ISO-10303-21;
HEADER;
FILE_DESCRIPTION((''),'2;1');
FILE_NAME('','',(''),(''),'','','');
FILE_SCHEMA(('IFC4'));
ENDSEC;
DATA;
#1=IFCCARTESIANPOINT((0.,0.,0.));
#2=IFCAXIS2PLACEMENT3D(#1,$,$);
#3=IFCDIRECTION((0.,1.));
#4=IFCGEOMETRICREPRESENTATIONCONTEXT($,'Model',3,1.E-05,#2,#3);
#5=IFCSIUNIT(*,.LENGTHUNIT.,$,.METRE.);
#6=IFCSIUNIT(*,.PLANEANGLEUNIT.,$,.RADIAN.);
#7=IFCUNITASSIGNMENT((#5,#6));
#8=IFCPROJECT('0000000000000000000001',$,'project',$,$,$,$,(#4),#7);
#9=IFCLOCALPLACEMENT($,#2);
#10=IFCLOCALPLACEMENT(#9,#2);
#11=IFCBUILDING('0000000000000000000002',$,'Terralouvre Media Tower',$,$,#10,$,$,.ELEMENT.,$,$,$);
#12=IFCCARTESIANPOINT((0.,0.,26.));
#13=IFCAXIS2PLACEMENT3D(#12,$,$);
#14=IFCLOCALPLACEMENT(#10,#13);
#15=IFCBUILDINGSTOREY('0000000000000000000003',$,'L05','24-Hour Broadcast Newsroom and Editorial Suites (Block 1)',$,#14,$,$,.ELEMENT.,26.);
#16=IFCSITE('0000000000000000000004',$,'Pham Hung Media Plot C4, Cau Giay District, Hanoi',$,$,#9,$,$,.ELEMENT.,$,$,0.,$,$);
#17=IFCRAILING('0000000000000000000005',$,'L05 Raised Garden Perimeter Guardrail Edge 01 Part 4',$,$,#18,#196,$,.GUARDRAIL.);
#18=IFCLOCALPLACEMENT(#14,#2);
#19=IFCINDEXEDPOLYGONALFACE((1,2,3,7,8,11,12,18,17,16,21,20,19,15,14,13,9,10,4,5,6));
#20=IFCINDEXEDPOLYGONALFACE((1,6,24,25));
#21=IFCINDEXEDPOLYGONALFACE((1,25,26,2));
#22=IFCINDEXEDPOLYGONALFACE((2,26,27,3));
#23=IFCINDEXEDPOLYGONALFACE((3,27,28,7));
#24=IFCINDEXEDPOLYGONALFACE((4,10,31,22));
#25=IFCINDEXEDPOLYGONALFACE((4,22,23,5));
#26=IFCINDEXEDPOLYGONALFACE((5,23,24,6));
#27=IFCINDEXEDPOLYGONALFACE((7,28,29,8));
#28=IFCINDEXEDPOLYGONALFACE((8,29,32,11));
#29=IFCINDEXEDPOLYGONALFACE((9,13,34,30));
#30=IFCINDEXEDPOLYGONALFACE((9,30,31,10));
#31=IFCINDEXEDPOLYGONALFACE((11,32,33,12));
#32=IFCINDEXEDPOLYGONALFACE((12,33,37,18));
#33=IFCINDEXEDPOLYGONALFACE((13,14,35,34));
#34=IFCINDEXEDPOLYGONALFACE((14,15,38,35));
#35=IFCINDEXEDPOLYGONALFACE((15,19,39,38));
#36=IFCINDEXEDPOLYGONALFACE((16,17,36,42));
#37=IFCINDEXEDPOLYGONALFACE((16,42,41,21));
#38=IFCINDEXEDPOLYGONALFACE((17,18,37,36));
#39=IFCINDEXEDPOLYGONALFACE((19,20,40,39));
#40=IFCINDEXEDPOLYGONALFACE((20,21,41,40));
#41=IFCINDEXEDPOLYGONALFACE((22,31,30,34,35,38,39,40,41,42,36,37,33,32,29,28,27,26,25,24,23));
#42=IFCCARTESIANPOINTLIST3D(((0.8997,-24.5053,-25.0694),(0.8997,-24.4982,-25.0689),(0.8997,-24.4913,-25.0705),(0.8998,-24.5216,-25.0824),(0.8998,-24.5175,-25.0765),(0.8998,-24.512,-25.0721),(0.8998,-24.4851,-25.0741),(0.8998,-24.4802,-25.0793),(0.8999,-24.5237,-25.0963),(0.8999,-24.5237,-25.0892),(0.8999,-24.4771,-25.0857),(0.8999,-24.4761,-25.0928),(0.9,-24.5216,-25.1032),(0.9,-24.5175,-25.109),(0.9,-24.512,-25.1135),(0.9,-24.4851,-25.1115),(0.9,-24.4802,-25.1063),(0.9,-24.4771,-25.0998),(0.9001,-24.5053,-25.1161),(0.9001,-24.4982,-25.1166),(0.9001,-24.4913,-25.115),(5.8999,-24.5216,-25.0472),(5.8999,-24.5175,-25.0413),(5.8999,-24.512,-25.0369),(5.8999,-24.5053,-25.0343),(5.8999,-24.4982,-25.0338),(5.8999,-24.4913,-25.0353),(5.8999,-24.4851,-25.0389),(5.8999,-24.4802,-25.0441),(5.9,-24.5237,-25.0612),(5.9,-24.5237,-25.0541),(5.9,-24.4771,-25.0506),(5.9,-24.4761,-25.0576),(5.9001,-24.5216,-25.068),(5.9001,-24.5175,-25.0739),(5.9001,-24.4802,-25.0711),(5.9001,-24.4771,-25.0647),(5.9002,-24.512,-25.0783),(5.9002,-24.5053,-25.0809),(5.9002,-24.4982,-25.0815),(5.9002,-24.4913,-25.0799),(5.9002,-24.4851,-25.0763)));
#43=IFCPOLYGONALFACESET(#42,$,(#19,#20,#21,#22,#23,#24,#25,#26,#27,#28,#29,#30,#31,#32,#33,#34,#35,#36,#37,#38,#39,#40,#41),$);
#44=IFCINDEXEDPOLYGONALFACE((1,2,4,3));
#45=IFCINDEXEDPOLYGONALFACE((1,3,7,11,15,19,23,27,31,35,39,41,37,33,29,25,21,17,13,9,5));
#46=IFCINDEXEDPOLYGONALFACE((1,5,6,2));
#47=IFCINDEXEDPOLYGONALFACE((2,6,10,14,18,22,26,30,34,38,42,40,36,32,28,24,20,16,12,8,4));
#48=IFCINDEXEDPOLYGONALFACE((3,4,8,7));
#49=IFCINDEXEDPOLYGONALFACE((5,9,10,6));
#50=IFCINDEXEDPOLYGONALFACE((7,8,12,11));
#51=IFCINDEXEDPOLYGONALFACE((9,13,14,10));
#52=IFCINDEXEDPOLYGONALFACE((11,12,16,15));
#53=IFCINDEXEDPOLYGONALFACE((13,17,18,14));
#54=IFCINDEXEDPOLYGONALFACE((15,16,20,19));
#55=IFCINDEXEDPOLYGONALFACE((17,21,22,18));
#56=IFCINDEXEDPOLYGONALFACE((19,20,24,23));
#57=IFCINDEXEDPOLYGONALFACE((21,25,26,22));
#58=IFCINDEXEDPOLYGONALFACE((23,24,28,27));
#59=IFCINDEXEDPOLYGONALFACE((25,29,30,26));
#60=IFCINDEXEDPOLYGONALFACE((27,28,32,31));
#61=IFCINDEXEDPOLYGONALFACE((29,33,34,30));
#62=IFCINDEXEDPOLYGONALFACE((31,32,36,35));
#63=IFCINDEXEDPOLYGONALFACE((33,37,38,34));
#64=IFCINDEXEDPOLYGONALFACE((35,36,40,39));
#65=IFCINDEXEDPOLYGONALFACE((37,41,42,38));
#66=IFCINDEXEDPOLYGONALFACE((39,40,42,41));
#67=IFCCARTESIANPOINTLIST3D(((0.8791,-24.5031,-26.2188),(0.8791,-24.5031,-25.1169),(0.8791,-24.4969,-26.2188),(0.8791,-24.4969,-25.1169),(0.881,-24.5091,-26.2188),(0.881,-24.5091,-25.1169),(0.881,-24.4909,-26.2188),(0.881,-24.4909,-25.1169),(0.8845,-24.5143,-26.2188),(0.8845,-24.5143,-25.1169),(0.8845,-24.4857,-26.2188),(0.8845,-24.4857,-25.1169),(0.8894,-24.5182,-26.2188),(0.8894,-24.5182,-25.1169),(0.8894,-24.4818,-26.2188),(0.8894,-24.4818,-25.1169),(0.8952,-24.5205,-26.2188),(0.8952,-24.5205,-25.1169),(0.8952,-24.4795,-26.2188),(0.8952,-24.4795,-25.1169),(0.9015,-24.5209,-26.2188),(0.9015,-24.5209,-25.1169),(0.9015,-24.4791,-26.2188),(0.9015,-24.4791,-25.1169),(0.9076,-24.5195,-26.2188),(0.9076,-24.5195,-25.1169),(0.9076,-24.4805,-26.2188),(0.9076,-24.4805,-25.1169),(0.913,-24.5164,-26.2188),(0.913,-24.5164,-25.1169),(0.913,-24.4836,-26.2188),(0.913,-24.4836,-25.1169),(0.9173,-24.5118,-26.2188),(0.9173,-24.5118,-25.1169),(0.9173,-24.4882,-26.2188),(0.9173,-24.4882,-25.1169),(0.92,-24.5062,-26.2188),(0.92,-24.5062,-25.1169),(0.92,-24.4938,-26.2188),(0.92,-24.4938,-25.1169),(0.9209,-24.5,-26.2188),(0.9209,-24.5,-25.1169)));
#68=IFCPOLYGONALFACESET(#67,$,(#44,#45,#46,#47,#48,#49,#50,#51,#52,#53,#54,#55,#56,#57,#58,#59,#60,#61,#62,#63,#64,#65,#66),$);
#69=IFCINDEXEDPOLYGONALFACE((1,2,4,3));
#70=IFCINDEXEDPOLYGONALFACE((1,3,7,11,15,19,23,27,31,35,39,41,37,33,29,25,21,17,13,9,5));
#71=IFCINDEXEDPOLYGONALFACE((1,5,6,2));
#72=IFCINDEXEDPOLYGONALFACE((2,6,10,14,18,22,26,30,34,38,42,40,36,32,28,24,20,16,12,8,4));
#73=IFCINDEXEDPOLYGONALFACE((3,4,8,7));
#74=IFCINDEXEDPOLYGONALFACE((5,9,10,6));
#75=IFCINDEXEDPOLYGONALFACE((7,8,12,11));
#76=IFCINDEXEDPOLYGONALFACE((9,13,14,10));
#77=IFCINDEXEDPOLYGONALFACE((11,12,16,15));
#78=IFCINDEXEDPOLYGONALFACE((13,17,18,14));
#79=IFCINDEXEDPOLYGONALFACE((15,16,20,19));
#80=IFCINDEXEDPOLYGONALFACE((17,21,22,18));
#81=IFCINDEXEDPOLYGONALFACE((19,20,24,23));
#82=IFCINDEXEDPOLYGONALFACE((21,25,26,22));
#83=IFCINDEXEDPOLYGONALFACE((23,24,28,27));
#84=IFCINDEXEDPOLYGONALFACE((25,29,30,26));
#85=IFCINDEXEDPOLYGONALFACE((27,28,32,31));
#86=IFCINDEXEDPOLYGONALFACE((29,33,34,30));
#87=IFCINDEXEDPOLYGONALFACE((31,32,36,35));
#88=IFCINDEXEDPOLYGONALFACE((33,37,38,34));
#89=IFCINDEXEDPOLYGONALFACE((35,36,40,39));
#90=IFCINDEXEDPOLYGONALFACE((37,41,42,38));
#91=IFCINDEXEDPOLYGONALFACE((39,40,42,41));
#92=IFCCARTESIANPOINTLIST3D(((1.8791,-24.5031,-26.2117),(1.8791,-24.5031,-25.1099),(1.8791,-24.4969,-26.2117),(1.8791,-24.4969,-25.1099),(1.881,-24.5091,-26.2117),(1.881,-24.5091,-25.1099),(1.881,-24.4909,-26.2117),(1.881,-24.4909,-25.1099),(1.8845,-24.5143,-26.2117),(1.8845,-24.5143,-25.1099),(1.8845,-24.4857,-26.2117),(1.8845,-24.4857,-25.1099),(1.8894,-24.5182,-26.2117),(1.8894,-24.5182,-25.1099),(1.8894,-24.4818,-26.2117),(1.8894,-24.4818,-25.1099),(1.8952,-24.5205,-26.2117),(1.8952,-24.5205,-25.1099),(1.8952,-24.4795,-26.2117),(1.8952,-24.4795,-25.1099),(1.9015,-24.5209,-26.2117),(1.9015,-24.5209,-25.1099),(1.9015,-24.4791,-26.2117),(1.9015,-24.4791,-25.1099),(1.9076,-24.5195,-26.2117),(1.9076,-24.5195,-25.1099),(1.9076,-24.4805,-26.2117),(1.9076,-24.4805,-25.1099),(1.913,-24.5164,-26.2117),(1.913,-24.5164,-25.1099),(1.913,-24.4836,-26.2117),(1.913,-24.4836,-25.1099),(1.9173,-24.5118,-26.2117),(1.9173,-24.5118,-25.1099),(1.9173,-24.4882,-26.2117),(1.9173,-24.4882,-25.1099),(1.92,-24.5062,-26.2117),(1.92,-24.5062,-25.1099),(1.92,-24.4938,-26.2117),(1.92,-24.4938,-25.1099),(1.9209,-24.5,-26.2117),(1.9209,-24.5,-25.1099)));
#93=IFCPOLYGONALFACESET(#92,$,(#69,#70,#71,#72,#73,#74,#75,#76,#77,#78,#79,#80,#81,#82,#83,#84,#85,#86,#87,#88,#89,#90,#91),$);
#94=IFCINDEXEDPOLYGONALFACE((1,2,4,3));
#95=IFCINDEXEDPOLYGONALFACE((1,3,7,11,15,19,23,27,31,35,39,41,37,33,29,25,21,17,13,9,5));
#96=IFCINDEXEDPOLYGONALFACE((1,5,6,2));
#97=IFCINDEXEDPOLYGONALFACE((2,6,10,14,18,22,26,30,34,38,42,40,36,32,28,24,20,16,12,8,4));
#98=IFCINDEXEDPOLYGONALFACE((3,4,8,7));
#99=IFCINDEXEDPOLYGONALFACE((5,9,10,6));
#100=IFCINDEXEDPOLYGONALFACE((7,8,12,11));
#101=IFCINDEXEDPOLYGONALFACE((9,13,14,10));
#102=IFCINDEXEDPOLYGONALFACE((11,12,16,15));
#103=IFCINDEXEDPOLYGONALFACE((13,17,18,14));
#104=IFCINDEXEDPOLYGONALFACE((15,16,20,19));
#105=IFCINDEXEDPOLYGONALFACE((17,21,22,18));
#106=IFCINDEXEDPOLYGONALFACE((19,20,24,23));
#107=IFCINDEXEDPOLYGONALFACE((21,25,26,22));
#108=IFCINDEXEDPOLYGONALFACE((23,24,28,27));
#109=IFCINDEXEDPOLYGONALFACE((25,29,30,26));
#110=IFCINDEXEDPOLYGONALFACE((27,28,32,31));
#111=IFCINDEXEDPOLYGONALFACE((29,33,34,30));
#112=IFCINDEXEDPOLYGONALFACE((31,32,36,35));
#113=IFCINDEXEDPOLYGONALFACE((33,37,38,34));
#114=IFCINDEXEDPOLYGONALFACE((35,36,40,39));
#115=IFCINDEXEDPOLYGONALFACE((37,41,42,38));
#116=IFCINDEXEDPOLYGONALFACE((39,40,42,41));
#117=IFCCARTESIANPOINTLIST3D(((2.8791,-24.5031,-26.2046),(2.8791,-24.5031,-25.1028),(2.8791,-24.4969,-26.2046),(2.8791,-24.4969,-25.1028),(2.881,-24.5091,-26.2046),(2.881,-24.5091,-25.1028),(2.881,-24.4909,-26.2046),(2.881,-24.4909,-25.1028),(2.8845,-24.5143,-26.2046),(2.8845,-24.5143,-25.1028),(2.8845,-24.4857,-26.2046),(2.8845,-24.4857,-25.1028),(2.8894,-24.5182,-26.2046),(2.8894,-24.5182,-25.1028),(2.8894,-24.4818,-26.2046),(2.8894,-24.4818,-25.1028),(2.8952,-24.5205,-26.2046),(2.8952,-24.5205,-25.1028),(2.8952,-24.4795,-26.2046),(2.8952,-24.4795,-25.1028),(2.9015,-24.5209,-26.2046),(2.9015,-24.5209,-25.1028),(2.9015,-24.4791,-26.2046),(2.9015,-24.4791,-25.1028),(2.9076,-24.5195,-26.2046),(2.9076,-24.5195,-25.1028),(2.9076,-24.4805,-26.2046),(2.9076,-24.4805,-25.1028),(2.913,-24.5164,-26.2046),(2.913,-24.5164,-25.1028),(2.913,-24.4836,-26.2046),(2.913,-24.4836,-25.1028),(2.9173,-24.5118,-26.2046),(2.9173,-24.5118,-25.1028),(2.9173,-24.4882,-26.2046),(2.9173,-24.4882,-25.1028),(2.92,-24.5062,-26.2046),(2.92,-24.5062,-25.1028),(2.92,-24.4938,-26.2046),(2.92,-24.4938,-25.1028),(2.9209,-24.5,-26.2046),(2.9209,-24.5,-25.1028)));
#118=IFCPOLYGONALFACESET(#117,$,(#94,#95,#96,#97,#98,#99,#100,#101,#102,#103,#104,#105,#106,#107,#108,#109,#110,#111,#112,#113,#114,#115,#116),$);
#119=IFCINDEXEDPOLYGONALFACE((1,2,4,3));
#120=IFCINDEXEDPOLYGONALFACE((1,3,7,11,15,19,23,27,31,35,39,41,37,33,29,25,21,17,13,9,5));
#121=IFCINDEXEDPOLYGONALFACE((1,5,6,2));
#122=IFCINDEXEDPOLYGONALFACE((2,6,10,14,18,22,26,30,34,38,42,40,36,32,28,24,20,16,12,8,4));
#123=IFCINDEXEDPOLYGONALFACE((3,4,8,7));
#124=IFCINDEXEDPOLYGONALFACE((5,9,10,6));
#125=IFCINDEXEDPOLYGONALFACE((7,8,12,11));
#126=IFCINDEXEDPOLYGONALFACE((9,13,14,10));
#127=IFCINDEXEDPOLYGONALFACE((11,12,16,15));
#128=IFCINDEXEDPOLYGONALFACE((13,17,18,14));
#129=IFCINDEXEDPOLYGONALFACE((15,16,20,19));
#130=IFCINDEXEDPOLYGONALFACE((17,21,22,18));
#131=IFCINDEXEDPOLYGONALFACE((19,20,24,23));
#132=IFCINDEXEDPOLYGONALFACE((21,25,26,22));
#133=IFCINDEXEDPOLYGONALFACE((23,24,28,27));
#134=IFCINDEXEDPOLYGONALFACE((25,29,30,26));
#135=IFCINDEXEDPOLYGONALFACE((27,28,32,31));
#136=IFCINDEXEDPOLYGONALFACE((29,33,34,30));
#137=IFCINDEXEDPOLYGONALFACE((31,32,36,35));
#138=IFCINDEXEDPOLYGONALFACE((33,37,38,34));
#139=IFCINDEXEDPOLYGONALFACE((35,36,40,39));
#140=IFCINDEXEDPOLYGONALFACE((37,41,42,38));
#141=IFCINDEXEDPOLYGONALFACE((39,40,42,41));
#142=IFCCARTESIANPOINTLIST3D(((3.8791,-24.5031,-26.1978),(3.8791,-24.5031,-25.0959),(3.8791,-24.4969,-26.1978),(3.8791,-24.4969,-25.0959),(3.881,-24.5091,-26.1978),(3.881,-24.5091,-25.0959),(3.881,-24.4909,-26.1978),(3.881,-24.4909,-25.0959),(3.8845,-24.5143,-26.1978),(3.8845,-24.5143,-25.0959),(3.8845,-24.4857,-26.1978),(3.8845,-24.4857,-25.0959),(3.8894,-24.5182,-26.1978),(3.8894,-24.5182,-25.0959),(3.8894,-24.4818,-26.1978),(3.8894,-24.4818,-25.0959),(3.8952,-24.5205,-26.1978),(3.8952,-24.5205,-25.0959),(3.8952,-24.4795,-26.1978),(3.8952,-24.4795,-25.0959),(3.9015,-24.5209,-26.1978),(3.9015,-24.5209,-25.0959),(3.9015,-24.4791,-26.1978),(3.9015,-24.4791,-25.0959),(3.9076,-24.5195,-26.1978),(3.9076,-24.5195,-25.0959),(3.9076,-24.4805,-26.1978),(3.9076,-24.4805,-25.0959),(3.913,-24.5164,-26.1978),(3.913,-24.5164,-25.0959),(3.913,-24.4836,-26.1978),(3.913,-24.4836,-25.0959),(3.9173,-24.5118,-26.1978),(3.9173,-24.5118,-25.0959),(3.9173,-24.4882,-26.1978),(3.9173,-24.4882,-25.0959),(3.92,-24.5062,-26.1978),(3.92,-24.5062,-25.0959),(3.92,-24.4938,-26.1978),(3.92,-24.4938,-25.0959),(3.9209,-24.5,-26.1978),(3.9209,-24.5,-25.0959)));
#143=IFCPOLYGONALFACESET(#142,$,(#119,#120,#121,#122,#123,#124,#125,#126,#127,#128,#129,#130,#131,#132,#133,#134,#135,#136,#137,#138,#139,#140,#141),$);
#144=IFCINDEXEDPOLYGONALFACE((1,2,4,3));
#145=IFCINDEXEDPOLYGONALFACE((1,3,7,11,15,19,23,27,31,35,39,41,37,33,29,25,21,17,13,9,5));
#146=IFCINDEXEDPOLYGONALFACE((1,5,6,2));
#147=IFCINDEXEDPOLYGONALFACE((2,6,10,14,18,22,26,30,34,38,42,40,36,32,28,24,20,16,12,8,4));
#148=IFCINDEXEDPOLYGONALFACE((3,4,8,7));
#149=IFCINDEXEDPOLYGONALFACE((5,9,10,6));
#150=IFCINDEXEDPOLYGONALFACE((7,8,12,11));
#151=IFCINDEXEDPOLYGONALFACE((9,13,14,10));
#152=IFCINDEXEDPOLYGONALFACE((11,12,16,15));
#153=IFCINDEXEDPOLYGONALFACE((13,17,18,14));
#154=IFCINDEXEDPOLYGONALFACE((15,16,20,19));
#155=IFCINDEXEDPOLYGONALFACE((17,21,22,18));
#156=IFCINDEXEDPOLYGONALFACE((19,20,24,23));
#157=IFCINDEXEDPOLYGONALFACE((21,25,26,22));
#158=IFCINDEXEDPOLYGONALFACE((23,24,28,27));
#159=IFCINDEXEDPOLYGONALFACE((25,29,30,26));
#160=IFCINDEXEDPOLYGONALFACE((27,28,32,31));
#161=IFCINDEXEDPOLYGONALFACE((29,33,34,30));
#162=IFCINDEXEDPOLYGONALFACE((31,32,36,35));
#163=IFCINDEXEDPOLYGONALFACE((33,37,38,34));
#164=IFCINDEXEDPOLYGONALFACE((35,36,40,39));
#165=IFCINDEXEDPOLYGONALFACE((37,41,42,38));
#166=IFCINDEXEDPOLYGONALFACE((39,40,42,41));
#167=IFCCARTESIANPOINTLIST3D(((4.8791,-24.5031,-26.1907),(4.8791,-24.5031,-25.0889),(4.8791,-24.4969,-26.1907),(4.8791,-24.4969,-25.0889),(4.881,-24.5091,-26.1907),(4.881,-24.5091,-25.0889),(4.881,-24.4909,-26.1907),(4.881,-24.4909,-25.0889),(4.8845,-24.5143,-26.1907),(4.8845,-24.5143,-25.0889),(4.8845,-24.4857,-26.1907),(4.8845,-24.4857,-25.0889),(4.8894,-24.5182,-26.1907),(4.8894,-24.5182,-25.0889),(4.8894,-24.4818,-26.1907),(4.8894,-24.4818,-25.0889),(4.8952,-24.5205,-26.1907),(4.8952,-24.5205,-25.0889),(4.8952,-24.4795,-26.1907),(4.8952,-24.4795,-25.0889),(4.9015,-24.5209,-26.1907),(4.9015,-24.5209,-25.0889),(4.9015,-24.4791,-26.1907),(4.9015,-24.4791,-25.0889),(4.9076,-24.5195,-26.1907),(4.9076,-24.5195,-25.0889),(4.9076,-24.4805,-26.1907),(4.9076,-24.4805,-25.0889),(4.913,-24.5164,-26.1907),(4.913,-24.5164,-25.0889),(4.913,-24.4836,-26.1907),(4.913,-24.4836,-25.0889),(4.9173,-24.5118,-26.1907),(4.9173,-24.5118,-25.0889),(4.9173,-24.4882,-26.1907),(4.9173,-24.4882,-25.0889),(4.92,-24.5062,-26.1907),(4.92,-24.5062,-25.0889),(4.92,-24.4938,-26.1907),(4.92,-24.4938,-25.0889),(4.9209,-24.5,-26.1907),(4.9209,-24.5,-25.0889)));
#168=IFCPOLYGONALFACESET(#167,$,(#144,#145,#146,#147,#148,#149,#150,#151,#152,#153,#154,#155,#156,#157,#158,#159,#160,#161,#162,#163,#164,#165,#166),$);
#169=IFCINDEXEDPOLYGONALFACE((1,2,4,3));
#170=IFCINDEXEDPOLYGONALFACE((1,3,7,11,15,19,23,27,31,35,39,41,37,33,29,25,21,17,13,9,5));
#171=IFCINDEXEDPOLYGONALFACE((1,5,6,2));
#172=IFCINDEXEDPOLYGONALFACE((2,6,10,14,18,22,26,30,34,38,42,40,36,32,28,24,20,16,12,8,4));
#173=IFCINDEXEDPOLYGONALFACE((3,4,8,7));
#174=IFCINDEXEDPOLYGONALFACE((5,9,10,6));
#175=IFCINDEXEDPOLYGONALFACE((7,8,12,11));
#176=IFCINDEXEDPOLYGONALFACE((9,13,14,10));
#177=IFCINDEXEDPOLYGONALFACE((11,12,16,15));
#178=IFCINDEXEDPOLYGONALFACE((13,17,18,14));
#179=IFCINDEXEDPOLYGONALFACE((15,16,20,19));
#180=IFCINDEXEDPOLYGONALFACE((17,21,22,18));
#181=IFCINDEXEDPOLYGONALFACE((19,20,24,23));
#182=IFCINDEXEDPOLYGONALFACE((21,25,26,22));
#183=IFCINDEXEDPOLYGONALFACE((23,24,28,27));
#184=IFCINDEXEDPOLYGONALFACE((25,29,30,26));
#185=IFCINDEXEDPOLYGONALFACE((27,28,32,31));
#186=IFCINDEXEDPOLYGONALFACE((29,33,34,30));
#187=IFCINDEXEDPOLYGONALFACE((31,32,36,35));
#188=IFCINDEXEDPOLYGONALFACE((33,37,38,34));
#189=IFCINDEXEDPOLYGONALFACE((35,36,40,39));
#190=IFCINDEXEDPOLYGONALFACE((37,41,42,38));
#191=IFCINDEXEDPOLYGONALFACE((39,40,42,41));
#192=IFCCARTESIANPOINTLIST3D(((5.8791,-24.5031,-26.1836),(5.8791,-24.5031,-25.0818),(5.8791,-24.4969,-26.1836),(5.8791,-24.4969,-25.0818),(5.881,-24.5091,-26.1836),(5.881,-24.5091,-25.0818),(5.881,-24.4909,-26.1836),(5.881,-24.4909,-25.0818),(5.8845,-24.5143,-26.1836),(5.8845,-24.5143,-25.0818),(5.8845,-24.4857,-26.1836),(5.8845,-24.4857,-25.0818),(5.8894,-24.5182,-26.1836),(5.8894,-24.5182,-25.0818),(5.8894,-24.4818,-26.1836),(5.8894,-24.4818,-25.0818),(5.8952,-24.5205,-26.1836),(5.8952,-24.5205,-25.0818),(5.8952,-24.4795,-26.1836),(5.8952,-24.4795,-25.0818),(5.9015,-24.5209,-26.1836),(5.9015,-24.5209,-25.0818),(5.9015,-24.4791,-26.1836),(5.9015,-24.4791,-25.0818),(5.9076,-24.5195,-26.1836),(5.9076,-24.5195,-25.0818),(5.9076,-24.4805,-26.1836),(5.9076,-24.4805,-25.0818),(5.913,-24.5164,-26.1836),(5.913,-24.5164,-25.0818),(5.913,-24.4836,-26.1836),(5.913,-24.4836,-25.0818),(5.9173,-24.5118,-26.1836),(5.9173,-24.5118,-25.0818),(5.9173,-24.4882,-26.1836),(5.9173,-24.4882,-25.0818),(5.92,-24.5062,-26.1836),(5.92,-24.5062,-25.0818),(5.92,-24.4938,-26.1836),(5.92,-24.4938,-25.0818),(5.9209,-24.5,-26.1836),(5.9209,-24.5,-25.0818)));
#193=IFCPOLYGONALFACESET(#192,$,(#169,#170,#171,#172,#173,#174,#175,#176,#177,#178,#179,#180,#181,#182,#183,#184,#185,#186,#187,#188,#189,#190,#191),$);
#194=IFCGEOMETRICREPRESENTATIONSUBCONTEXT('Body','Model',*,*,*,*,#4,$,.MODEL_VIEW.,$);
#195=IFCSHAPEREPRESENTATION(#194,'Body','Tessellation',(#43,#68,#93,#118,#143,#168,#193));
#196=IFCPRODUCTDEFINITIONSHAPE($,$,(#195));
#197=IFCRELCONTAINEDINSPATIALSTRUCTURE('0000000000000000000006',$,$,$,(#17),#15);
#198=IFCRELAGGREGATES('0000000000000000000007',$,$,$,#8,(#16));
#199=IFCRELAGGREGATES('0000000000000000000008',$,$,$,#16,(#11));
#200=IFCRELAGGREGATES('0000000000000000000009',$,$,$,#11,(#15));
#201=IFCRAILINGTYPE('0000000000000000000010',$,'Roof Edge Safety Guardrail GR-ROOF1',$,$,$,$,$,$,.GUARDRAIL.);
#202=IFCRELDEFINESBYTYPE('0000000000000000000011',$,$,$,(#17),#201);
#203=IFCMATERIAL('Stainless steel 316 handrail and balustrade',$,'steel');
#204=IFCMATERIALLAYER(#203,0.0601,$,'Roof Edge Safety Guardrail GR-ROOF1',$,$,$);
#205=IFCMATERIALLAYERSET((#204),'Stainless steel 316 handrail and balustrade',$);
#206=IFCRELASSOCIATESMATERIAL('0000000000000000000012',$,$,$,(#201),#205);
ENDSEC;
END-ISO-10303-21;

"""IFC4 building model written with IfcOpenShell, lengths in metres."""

from ifc_helpers import new_model, si_unit, direction, frame, origin, origin_2d, place, context, subcontext, project, spatial, circle, extrude, material, layer, layer_set, type_object, element, save


model = new_model("IFC4")

# Units and contexts
model_context = context("Model", 3, precision=1e-05, world=origin(), true_north=direction((0.0, 1.0)))
body_context = subcontext(model_context, "Body", "Model", "MODEL_VIEW")
ifc_project = project(units=[si_unit("LENGTHUNIT", "METRE"), si_unit("PLANEANGLEUNIT", "RADIAN")], contexts=[model_context])

# Site, building, storey
site_placement = place(None, origin())
site = spatial("IfcSite", under=ifc_project, at=site_placement, Name="Pham Hung Media Plot C4, Cau Giay District, Hanoi", CompositionType="ELEMENT", RefElevation=0.0)
building_placement = place(site_placement, origin())
building = spatial("IfcBuilding", under=site, at=building_placement, Name="Terralouvre Media Tower", CompositionType="ELEMENT")
storey_placement = place(building_placement, frame((0.0, 0.0, 26.0)))
storey = spatial("IfcBuildingStorey", under=building, at=storey_placement, Name="L05", Description="24-Hour Broadcast Newsroom and Editorial Suites (Block 1)", CompositionType="ELEMENT", Elevation=26.0)

# Railing
ifc_material_1 = material(Name="Stainless steel 316 handrail and balustrade", Category="steel")
ifc_layer_1 = layer(ifc_material_1, 0.0601, Name="Roof Edge Safety Guardrail GR-ROOF1")
ifc_layer_set_1 = layer_set([ifc_layer_1], Name="Stainless steel 316 handrail and balustrade")
railing_type = type_object("IfcRailingType", Name="Roof Edge Safety Guardrail GR-ROOF1", PredefinedType="GUARDRAIL", material=ifc_layer_set_1)
railing_1_placement = place(storey_placement, frame((0.8999, -24.5, -26.2188)))
element("IfcRailing", 1, at=railing_1_placement, inside=storey, type_object=railing_type, Name="L05 Raised Garden Perimeter Guardrail Edge 01 Part 4", PredefinedType="GUARDRAIL", context=body_context, shape_type="SweptSolid", body=[
    extrude(circle(Radius=0.0239, at=origin_2d()), frame((0.0, 0.0, 1.126), z_axis=(0.999975, 0.0, 0.007031), x_axis=(0.0, 1.0, 0.0)), (0.0, 0.0, 1.0), 5.0002),
    extrude(circle(Radius=0.021, at=origin_2d()), origin(), (0.0, 0.0, 1.0), 1.1018),
    extrude(circle(Radius=0.021, at=origin_2d()), frame((1.0, 0.0, 0.0071)), (0.0, 0.0, 1.0), 1.1018),
    extrude(circle(Radius=0.021, at=origin_2d()), frame((2.0, 0.0, 0.0142)), (0.0, 0.0, 1.0), 1.1018),
    extrude(circle(Radius=0.021, at=origin_2d()), frame((3.0, 0.0, 0.021)), (0.0, 0.0, 1.0), 1.1018),
    extrude(circle(Radius=0.021, at=origin_2d()), frame((4.0, 0.0, 0.0281)), (0.0, 0.0, 1.0), 1.1018),
    extrude(circle(Radius=0.021, at=origin_2d()), frame((5.0, 0.0, 0.0352)), (0.0, 0.0, 1.0), 1.1018),
])

save(model, "model.ifc")
